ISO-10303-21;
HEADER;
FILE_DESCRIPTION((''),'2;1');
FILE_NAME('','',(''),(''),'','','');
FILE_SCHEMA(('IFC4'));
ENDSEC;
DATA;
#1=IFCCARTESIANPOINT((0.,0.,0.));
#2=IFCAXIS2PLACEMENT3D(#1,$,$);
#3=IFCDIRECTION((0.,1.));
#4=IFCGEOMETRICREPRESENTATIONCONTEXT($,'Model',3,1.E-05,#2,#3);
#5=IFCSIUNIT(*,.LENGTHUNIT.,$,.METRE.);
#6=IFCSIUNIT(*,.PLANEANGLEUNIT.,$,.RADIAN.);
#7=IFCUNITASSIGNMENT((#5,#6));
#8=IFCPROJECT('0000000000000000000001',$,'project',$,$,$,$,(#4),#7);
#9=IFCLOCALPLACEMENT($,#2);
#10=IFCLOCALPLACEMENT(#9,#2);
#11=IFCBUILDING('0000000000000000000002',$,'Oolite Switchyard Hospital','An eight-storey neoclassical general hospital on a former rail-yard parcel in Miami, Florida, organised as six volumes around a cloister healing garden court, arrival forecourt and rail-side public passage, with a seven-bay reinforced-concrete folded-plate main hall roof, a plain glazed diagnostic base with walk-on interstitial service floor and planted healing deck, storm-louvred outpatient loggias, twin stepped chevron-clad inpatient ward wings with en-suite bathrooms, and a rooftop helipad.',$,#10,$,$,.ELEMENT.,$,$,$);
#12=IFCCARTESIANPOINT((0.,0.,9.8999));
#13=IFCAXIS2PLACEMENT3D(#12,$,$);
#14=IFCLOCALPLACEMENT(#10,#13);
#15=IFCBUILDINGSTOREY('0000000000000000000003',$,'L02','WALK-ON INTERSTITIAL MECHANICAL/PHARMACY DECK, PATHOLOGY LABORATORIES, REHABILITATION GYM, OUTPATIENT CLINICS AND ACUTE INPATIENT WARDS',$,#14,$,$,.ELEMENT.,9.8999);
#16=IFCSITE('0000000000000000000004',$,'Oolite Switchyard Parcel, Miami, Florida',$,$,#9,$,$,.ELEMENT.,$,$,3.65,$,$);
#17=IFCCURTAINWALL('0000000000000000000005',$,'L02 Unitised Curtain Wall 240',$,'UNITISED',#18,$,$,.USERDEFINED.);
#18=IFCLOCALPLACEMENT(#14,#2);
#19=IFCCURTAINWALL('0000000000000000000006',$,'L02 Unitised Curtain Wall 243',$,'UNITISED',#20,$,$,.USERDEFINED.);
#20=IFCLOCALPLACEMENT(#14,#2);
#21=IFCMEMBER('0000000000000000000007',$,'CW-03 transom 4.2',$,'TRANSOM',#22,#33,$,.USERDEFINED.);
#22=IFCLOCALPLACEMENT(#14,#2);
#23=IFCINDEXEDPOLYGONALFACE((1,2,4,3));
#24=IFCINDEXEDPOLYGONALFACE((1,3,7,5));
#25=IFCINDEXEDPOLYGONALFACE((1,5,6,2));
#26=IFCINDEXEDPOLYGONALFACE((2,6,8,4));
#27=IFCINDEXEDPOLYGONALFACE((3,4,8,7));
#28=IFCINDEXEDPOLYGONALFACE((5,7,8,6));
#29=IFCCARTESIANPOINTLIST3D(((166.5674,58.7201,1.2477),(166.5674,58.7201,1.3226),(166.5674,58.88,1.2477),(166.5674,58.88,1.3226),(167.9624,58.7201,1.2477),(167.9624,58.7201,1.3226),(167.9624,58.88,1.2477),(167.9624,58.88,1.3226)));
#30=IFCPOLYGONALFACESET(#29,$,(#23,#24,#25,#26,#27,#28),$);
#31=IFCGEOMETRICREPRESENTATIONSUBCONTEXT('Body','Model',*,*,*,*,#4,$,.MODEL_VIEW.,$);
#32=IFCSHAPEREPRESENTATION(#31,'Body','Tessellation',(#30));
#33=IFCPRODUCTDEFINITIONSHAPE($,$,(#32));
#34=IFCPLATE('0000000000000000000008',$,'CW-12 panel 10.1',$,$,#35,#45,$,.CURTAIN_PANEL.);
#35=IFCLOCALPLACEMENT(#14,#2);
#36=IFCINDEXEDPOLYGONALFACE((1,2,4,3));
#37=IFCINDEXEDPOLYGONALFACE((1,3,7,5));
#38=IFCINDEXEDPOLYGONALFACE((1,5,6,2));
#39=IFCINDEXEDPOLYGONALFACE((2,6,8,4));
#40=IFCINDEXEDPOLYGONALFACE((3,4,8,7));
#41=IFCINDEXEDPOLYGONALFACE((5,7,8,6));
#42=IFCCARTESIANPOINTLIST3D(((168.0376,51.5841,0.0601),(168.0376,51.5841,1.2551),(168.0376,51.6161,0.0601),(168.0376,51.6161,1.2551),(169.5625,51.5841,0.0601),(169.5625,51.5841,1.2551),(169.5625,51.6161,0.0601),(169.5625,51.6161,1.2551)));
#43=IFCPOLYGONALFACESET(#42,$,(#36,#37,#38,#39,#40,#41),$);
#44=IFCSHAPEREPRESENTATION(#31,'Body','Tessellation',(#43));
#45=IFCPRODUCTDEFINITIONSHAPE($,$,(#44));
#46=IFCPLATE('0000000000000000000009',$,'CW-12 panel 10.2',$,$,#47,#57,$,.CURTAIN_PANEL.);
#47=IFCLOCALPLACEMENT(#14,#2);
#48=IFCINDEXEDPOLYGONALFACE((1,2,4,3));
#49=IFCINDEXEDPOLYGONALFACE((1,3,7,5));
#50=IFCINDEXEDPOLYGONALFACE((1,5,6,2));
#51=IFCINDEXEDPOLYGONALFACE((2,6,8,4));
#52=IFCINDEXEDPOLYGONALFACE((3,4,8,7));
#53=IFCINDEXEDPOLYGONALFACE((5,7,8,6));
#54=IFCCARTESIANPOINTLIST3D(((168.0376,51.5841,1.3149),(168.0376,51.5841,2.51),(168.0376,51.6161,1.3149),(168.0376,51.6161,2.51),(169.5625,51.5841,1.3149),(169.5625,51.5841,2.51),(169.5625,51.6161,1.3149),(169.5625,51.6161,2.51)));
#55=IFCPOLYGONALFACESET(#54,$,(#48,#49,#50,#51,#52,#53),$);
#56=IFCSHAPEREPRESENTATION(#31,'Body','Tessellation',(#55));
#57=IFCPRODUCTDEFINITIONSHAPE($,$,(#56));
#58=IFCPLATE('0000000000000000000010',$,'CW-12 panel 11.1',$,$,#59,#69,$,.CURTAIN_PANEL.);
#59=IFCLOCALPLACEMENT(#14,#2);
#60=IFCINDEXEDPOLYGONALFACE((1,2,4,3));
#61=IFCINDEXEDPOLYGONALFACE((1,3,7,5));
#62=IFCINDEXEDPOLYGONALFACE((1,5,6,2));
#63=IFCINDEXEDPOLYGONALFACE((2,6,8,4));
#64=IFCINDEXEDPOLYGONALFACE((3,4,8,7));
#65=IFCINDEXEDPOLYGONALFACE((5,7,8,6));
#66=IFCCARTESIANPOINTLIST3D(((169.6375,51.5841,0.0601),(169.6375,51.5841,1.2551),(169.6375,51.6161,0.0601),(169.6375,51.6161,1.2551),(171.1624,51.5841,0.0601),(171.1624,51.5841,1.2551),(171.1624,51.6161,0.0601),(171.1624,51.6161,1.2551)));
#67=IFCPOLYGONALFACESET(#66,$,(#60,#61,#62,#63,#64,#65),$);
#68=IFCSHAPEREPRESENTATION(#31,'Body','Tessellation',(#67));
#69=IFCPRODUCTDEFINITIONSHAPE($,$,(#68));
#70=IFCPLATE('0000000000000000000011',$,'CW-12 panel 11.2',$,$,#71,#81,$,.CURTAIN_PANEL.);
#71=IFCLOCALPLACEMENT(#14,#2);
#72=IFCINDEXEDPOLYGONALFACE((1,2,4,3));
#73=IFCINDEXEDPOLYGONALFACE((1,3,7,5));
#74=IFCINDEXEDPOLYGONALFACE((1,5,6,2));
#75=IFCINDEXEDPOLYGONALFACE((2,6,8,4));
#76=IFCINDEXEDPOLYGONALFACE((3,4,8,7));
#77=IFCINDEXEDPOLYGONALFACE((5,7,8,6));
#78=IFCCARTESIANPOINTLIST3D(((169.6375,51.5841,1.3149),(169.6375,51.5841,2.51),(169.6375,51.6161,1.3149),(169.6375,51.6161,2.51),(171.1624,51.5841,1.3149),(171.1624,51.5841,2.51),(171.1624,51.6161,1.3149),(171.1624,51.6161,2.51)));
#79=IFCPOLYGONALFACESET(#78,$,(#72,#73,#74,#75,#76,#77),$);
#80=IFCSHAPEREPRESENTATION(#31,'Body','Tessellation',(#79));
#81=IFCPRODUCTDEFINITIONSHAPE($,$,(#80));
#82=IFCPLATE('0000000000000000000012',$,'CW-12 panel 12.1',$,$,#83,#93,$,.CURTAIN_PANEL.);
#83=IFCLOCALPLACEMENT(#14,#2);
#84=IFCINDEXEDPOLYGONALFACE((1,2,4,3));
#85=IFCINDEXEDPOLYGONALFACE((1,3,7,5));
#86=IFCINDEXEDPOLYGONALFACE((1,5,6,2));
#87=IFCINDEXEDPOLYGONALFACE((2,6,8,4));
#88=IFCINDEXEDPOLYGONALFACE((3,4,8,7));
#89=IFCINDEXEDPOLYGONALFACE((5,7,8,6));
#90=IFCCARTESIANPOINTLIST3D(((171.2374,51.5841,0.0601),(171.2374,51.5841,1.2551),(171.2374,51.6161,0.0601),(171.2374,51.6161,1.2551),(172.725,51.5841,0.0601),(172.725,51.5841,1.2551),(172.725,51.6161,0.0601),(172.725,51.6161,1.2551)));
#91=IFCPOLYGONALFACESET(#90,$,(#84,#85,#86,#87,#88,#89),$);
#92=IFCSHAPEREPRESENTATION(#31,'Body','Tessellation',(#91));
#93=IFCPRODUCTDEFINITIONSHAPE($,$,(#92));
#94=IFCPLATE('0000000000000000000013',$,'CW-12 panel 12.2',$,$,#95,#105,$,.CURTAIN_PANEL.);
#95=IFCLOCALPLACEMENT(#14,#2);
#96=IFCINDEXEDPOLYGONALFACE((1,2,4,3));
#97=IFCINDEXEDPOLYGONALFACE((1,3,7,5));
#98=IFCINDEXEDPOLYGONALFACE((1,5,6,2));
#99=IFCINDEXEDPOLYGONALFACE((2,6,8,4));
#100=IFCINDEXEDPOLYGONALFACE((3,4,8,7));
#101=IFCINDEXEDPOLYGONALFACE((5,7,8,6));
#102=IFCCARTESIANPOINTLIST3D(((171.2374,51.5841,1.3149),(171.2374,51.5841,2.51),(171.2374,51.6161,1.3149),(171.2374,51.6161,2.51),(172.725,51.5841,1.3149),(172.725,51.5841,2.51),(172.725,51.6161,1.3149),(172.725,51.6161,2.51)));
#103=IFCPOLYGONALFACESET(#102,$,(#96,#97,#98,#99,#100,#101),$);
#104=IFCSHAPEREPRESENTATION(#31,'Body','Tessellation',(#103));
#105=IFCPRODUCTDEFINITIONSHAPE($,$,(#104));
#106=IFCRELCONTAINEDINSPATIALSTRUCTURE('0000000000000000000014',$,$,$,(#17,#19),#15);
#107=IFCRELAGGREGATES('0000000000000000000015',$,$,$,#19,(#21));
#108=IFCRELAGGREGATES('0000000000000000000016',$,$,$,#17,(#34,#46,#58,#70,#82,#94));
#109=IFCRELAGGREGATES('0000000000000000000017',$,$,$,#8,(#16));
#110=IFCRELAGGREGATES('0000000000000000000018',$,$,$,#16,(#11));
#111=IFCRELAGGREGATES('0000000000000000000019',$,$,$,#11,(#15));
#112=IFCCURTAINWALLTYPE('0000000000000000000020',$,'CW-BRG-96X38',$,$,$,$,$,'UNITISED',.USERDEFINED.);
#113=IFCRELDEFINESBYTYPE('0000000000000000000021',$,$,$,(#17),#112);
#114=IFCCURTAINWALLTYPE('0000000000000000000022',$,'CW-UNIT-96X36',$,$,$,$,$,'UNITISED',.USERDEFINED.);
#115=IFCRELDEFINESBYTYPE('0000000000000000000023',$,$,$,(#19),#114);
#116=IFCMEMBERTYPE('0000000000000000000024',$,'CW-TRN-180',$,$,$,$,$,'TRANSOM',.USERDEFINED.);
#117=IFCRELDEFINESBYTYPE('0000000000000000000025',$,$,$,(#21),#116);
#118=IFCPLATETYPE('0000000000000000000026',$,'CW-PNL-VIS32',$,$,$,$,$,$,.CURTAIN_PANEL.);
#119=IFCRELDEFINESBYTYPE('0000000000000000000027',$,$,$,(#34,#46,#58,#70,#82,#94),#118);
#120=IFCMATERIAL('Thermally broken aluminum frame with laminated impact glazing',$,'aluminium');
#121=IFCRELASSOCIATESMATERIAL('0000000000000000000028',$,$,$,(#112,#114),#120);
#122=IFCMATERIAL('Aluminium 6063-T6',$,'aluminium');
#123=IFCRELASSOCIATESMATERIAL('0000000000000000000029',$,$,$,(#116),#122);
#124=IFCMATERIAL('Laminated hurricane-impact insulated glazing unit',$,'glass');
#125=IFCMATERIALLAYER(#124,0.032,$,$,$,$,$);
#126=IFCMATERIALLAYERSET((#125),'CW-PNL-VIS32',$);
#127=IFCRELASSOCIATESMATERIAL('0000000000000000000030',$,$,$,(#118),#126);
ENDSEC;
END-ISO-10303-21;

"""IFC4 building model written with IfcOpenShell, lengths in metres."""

from ifc_helpers import new_model, si_unit, direction, frame, origin, origin_2d, place, context, subcontext, project, spatial, rectangle, extrude, material, layer, layer_set, material_profile, profile_set, type_object, element, aggregate, save


model = new_model("IFC4")

# Units and contexts
model_context = context("Model", 3, precision=1e-05, world=origin(), true_north=direction((0.0, 1.0)))
body_context = subcontext(model_context, "Body", "Model", "MODEL_VIEW")
ifc_project = project(units=[si_unit("LENGTHUNIT", "METRE"), si_unit("PLANEANGLEUNIT", "RADIAN")], contexts=[model_context])

# Site, building, storey
site_placement = place(None, origin())
site = spatial("IfcSite", under=ifc_project, at=site_placement, Name="Oolite Switchyard Parcel, Miami, Florida", CompositionType="ELEMENT", RefElevation=3.65)
building_placement = place(site_placement, origin())
building = spatial("IfcBuilding", under=site, at=building_placement, Name="Oolite Switchyard Hospital", Description="An eight-storey neoclassical general hospital on a former rail-yard parcel in Miami, Florida, organised as six volumes around a cloister healing garden court, arrival forecourt and rail-side public passage, with a seven-bay reinforced-concrete folded-plate main hall roof, a plain glazed diagnostic base with walk-on interstitial service floor and planted healing deck, storm-louvred outpatient loggias, twin stepped chevron-clad inpatient ward wings with en-suite bathrooms, and a rooftop helipad.", CompositionType="ELEMENT")
storey_placement = place(building_placement, frame((0.0, 0.0, 9.8999)))
storey = spatial("IfcBuildingStorey", under=building, at=storey_placement, Name="L02", Description="WALK-ON INTERSTITIAL MECHANICAL/PHARMACY DECK, PATHOLOGY LABORATORIES, REHABILITATION GYM, OUTPATIENT CLINICS AND ACUTE INPATIENT WARDS", CompositionType="ELEMENT", Elevation=9.8999)

# Curtain walls, member
ifc_material_1 = material(Name="Thermally broken aluminum frame with laminated impact glazing", Category="aluminium")
curtain_wall_type_1 = type_object("IfcCurtainWallType", Name="CW-BRG-96X38", ElementType="UNITISED", PredefinedType="USERDEFINED", material=ifc_material_1)
curtain_wall_1_placement = place(storey_placement, origin())
curtain_wall_1 = element("IfcCurtainWall", 1, at=curtain_wall_1_placement, inside=storey, type_object=curtain_wall_type_1, Name="L02 Unitised Curtain Wall 240", ObjectType="UNITISED", PredefinedType="USERDEFINED")
ifc_material_2 = material(Name="Aluminium 6063-T6", Category="aluminium")
curtain_wall_type_2 = type_object("IfcCurtainWallType", Name="CW-UNIT-96X36", ElementType="UNITISED", PredefinedType="USERDEFINED", material=ifc_material_1)
curtain_wall_2_placement = place(storey_placement, origin())
curtain_wall_2 = element("IfcCurtainWall", 2, at=curtain_wall_2_placement, inside=storey, type_object=curtain_wall_type_2, Name="L02 Unitised Curtain Wall 243", ObjectType="UNITISED", PredefinedType="USERDEFINED")
ifc_material_profile_1 = material_profile(ifc_material_2, rectangle(XDim=0.1599, YDim=0.075, at=origin_2d()), Name="CWT75X160")
ifc_profile_set_1 = profile_set([ifc_material_profile_1], Name="Aluminium 6063-T6")
member_type_1 = type_object("IfcMemberType", Name="CW-TRN-180", ElementType="TRANSOM", PredefinedType="USERDEFINED", material=ifc_profile_set_1)
member_1_placement = place(storey_placement, frame((167.9624, 58.8, 1.2852), z_axis=(-1.0, 0.0, 0.0), x_axis=(0.0, -1.0, 0.0)))
member_1 = element("IfcMember", 3, at=member_1_placement, type_object=member_type_1, Name="CW-03 transom 4.2", ObjectType="TRANSOM", PredefinedType="USERDEFINED", context=body_context, shape_type="SweptSolid", body=[
    extrude(rectangle(XDim=0.1599, YDim=0.075, at=origin_2d()), origin(), (0.0, 0.0, 1.0), 1.395),
])
aggregate(curtain_wall_2, [member_1])

# Plates
ifc_material_3 = material(Name="Laminated hurricane-impact insulated glazing unit", Category="glass")
ifc_layer = layer(ifc_material_3, 0.032)
ifc_layer_set = layer_set([ifc_layer], Name="CW-PNL-VIS32")
plate_type = type_object("IfcPlateType", Name="CW-PNL-VIS32", PredefinedType="CURTAIN_PANEL", material=ifc_layer_set)
plate_1_placement = place(storey_placement, frame((168.8, 51.6001, 0.0601), z_axis=(0.0, 0.0, 1.0), x_axis=(1.0, 0.0, 0.0)))
plate_1 = element("IfcPlate", 4, at=plate_1_placement, type_object=plate_type, Name="CW-12 panel 10.1", PredefinedType="CURTAIN_PANEL", context=body_context, shape_type="SweptSolid", body=[
    extrude(rectangle(XDim=1.5249, YDim=0.032, at=origin_2d()), origin(), (0.0, 0.0, 1.0), 1.1951),
])
plate_2_placement = place(storey_placement, frame((168.8, 51.6001, 1.3149), z_axis=(0.0, 0.0, 1.0), x_axis=(1.0, 0.0, 0.0)))
plate_2 = element("IfcPlate", 5, at=plate_2_placement, type_object=plate_type, Name="CW-12 panel 10.2", PredefinedType="CURTAIN_PANEL", context=body_context, shape_type="SweptSolid", body=[
    extrude(rectangle(XDim=1.5249, YDim=0.032, at=origin_2d()), origin(), (0.0, 0.0, 1.0), 1.1951),
])
plate_3_placement = place(storey_placement, frame((170.3999, 51.6001, 0.0601), z_axis=(0.0, 0.0, 1.0), x_axis=(1.0, 0.0, 0.0)))
plate_3 = element("IfcPlate", 6, at=plate_3_placement, type_object=plate_type, Name="CW-12 panel 11.1", PredefinedType="CURTAIN_PANEL", context=body_context, shape_type="SweptSolid", body=[
    extrude(rectangle(XDim=1.5249, YDim=0.032, at=origin_2d()), origin(), (0.0, 0.0, 1.0), 1.1951),
])
plate_4_placement = place(storey_placement, frame((170.3999, 51.6001, 1.3149), z_axis=(0.0, 0.0, 1.0), x_axis=(1.0, 0.0, 0.0)))
plate_4 = element("IfcPlate", 7, at=plate_4_placement, type_object=plate_type, Name="CW-12 panel 11.2", PredefinedType="CURTAIN_PANEL", context=body_context, shape_type="SweptSolid", body=[
    extrude(rectangle(XDim=1.5249, YDim=0.032, at=origin_2d()), origin(), (0.0, 0.0, 1.0), 1.1951),
])
plate_5_placement = place(storey_placement, frame((171.9812, 51.6001, 0.0601), z_axis=(0.0, 0.0, 1.0), x_axis=(1.0, 0.0, 0.0)))
plate_5 = element("IfcPlate", 8, at=plate_5_placement, type_object=plate_type, Name="CW-12 panel 12.1", PredefinedType="CURTAIN_PANEL", context=body_context, shape_type="SweptSolid", body=[
    extrude(rectangle(XDim=1.4875, YDim=0.032, at=origin_2d()), origin(), (0.0, 0.0, 1.0), 1.1951),
])
plate_6_placement = place(storey_placement, frame((171.9812, 51.6001, 1.3149), z_axis=(0.0, 0.0, 1.0), x_axis=(1.0, 0.0, 0.0)))
plate_6 = element("IfcPlate", 9, at=plate_6_placement, type_object=plate_type, Name="CW-12 panel 12.2", PredefinedType="CURTAIN_PANEL", context=body_context, shape_type="SweptSolid", body=[
    extrude(rectangle(XDim=1.4875, YDim=0.032, at=origin_2d()), origin(), (0.0, 0.0, 1.0), 1.1951),
])
aggregate(curtain_wall_1, [plate_1, plate_2, plate_3, plate_4, plate_5, plate_6])

save(model, "model.ifc")
